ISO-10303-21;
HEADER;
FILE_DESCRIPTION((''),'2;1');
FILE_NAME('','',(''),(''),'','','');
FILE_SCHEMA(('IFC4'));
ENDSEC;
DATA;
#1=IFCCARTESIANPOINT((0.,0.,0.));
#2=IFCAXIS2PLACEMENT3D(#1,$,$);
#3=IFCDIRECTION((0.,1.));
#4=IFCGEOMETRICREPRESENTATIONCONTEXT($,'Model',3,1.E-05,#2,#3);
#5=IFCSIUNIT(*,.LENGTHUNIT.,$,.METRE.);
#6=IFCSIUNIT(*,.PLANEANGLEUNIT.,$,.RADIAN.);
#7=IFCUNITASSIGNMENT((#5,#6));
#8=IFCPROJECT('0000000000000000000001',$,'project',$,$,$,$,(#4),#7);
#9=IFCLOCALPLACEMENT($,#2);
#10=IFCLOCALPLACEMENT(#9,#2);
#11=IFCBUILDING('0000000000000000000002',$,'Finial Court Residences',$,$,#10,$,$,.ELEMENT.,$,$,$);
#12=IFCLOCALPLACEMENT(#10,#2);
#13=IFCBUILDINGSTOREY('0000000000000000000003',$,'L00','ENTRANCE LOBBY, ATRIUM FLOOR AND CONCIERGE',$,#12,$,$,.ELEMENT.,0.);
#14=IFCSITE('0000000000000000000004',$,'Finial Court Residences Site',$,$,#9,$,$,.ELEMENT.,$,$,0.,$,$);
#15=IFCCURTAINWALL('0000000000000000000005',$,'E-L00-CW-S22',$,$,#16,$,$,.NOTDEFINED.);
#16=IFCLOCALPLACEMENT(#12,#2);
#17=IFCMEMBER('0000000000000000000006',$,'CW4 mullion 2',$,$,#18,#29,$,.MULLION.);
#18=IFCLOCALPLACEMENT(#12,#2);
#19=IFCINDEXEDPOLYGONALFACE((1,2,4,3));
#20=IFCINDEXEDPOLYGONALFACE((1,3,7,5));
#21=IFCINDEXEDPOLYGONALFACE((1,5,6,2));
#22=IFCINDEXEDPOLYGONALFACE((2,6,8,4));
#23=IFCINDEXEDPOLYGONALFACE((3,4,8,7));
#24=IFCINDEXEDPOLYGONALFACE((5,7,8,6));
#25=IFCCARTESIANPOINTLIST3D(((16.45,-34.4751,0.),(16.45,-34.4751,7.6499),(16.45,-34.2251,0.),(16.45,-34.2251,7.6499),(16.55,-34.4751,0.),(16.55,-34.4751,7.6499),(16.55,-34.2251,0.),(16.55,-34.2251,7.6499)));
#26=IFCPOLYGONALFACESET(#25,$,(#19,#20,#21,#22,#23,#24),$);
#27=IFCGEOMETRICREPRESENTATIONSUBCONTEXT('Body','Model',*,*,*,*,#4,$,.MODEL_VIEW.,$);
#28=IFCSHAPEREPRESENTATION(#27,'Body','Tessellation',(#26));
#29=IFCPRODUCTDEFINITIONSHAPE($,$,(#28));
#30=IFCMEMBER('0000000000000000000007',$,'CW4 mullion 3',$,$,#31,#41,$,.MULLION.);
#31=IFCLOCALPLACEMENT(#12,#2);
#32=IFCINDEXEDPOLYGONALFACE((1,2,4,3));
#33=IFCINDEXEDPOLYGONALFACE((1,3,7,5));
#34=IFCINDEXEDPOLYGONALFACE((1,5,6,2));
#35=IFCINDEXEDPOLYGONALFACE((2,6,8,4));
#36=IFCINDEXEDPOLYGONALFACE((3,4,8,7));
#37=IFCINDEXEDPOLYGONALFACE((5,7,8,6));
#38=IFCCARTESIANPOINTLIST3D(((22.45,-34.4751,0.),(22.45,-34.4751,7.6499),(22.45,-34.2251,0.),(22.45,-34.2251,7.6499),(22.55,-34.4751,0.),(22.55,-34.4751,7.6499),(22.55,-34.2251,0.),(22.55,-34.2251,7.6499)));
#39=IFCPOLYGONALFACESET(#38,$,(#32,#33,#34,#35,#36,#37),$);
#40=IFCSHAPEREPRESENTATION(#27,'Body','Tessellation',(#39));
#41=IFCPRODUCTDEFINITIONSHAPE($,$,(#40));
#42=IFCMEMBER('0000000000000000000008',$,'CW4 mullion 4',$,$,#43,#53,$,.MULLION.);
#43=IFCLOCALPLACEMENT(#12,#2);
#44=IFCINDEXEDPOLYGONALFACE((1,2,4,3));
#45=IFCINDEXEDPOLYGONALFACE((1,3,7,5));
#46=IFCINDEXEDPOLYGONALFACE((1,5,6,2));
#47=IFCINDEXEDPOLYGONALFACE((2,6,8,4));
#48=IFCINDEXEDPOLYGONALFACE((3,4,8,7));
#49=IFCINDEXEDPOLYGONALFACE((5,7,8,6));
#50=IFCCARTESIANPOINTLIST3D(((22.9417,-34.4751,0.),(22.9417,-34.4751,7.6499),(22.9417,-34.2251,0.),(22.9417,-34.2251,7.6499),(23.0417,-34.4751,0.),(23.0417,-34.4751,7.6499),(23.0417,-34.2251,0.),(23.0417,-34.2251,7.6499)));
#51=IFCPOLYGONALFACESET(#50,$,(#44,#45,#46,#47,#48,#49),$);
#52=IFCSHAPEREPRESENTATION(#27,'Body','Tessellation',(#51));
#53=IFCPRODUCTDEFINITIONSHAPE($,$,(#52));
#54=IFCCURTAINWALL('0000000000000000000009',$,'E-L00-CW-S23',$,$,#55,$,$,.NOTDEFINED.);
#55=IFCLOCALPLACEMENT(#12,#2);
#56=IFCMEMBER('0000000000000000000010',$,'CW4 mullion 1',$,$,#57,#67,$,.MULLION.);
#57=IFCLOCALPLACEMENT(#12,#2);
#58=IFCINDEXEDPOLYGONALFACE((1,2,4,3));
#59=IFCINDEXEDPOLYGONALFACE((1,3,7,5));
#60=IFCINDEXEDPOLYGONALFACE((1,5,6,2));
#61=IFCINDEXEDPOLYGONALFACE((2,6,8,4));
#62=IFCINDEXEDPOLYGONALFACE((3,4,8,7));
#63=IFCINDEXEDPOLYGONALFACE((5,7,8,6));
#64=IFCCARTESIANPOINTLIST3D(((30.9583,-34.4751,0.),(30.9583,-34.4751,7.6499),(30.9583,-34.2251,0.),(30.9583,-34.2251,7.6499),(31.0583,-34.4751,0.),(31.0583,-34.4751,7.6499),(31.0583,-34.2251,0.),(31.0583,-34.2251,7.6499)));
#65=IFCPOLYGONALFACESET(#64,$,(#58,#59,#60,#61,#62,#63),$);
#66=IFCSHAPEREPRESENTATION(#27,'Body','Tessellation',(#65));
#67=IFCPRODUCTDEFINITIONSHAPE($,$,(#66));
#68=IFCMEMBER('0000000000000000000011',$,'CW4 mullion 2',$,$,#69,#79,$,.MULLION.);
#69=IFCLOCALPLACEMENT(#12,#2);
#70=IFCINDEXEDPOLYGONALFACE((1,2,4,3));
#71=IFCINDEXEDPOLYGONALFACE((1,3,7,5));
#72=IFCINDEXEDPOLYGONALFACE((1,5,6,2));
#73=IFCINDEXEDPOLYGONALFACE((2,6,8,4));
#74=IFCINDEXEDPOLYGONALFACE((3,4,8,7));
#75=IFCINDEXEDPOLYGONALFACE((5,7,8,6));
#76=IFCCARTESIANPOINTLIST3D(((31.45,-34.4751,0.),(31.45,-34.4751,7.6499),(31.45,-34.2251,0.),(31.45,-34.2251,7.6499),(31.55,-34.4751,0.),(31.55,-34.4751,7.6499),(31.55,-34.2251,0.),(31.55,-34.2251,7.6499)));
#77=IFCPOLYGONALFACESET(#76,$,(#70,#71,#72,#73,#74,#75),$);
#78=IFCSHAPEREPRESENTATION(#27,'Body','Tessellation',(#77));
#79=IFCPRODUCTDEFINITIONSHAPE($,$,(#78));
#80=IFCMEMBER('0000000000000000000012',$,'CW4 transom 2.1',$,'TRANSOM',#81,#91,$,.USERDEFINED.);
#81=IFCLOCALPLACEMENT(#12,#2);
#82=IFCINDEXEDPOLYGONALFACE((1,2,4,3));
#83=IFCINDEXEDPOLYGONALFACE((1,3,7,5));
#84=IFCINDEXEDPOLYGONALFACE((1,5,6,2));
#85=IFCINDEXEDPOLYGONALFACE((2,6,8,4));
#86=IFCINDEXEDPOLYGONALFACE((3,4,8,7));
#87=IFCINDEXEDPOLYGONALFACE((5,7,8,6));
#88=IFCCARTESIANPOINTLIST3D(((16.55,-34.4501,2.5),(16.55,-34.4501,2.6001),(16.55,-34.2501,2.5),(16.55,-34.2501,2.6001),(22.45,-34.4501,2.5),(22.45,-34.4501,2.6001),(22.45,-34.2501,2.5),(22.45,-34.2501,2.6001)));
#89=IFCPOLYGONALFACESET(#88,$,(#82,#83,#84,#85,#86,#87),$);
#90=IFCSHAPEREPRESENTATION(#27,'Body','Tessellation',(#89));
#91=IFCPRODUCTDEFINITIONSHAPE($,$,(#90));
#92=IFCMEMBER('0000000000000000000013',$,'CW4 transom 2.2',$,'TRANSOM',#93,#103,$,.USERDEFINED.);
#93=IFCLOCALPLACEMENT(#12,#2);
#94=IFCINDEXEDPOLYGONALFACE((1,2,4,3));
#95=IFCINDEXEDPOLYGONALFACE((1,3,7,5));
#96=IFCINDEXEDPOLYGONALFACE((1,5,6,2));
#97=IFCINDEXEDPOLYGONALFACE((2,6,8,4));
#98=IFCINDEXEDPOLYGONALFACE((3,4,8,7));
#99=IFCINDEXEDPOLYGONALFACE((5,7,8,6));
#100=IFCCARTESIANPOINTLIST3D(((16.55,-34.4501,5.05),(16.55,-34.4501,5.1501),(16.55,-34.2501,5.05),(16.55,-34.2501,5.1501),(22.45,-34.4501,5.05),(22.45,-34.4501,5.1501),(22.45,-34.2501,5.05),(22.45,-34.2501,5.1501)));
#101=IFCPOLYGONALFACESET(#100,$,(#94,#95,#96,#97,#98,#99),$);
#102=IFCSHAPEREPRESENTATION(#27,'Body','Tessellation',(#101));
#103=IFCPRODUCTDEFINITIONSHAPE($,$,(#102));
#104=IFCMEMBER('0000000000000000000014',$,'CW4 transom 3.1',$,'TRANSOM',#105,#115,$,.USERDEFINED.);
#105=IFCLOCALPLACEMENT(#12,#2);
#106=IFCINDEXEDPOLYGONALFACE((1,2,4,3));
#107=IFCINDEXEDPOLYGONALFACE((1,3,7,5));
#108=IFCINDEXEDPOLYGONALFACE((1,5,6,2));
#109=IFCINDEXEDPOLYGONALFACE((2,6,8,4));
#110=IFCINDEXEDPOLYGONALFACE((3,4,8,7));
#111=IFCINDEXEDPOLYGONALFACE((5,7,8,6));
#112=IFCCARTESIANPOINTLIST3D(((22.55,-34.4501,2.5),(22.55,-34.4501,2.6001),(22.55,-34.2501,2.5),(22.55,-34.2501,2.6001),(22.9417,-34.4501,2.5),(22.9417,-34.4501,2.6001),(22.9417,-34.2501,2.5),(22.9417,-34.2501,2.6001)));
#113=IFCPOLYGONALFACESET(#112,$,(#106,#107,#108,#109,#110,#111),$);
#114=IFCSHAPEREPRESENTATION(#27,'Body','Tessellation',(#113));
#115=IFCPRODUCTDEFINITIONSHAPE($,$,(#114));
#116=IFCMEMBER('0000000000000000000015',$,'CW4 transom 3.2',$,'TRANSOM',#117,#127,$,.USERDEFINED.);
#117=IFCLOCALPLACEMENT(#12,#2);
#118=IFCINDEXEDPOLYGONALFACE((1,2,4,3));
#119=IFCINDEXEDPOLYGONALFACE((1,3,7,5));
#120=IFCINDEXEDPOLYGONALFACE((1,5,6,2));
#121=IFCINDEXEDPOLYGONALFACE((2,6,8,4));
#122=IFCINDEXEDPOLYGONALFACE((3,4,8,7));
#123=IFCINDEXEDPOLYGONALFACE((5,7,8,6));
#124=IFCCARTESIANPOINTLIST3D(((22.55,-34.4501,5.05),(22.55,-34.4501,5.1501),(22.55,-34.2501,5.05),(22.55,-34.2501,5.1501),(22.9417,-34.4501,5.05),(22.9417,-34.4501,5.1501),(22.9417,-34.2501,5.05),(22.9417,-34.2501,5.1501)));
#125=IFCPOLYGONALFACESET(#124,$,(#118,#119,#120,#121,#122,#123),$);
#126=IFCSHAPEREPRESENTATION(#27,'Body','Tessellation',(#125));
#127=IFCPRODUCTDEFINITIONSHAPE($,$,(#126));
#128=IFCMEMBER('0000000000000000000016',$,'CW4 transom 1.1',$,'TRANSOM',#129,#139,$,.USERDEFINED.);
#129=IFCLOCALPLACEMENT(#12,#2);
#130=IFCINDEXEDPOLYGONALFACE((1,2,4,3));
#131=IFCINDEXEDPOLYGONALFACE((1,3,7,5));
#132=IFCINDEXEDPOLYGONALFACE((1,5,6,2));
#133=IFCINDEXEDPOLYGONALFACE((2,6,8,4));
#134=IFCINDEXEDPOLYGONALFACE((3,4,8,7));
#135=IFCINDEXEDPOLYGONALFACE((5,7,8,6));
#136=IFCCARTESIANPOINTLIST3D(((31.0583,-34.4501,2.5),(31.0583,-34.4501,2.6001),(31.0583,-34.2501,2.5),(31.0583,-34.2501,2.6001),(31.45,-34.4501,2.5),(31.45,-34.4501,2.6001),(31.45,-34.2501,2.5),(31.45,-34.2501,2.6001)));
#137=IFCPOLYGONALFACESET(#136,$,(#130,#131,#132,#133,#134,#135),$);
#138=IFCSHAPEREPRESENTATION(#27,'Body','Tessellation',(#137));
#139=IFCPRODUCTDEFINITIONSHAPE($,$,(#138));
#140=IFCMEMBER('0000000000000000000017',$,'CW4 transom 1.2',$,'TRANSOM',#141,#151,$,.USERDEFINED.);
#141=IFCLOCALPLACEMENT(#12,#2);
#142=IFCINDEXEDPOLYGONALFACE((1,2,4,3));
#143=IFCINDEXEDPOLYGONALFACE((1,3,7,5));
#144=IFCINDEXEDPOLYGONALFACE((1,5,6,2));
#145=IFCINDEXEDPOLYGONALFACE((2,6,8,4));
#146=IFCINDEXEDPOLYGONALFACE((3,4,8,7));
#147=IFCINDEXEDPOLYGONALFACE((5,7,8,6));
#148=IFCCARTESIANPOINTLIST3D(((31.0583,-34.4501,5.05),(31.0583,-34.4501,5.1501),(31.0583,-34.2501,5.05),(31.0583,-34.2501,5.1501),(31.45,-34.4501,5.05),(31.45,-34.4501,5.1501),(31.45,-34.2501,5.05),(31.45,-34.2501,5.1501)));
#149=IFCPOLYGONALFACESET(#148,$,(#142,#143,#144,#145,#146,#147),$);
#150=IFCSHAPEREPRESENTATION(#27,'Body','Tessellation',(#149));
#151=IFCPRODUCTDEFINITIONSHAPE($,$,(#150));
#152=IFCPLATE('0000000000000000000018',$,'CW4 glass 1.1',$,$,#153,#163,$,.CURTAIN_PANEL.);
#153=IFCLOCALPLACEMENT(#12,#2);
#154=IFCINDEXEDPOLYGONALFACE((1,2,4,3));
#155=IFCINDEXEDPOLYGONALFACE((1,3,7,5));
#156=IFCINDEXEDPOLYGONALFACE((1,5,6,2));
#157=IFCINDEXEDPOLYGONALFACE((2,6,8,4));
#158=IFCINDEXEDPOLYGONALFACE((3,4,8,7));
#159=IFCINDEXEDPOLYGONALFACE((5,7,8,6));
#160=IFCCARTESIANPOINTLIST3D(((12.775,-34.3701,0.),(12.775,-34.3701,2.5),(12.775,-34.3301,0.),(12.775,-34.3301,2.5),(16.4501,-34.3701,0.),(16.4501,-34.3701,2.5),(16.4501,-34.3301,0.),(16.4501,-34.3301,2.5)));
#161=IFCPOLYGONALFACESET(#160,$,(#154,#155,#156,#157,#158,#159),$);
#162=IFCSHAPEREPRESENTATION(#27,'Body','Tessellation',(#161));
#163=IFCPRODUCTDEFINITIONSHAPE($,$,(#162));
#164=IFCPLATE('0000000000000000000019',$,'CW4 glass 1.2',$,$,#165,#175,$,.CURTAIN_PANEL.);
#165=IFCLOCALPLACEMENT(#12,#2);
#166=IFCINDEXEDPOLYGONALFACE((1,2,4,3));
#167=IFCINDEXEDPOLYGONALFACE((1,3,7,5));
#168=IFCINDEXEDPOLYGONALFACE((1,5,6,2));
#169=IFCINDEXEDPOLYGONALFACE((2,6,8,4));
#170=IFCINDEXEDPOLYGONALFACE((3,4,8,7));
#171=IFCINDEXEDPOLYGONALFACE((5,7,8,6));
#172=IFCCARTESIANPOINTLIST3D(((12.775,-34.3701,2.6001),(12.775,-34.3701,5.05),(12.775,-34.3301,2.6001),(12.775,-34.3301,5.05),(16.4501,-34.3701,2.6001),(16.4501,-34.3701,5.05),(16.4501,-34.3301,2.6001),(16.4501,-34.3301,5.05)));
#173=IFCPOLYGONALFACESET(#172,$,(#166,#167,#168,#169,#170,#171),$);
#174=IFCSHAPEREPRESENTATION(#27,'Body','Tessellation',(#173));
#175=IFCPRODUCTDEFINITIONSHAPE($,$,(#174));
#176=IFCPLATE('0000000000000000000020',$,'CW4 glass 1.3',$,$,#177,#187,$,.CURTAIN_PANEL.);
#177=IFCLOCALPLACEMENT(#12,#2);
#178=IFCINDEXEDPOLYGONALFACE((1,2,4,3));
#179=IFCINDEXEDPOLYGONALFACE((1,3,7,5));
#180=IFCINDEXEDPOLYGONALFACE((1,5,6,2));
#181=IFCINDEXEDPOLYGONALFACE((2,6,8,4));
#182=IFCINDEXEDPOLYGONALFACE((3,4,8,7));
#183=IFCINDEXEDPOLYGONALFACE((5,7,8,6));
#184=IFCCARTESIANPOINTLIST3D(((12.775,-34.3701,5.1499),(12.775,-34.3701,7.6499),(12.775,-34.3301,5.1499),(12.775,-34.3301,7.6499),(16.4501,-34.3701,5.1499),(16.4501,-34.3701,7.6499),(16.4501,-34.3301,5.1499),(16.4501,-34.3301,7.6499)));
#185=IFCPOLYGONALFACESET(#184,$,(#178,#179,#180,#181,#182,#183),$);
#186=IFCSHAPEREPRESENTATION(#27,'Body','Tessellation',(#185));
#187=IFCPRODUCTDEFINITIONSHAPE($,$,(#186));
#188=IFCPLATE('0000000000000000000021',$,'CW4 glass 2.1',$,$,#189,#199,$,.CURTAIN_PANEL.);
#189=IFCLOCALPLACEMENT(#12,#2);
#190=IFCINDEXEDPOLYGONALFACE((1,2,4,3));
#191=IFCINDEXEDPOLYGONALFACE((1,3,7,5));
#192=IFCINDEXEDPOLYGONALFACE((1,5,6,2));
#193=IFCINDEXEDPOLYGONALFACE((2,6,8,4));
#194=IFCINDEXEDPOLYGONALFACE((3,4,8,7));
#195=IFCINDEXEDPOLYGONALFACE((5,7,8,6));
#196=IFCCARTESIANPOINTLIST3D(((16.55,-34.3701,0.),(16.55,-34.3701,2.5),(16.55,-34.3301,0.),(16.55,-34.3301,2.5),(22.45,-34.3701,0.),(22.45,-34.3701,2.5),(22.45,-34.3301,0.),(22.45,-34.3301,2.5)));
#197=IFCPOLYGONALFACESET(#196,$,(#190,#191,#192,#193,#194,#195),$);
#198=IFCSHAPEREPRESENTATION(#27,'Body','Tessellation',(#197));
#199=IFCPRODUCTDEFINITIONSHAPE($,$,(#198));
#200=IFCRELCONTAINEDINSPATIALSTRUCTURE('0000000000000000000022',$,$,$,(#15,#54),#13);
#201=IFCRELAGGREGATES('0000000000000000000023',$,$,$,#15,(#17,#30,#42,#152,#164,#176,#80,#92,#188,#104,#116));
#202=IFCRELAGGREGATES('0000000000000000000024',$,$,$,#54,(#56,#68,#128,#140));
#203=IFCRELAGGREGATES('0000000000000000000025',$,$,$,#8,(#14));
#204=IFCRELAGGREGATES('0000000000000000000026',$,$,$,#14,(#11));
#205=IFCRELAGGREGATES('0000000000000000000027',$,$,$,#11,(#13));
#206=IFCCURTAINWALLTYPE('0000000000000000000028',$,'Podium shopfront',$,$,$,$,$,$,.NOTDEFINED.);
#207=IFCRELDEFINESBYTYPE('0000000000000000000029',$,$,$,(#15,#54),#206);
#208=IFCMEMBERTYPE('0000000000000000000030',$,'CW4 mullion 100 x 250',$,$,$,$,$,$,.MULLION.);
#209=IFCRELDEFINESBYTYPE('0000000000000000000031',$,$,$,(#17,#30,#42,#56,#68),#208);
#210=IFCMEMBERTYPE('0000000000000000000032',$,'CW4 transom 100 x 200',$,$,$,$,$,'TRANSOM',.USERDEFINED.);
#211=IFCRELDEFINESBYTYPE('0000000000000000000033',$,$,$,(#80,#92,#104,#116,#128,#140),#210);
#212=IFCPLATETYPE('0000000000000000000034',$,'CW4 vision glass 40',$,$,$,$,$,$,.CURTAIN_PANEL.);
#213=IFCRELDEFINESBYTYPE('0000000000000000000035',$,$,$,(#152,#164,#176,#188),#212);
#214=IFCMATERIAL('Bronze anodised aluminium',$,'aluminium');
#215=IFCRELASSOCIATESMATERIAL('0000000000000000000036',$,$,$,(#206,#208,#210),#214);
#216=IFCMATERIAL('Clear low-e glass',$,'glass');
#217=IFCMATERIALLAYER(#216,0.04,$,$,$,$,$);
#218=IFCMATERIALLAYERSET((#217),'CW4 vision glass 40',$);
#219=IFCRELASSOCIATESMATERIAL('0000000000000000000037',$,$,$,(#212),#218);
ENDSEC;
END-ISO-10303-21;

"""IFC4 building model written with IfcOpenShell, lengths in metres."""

from ifc_helpers import new_model, si_unit, direction, frame, origin, origin_2d, place, context, subcontext, project, spatial, rectangle, extrude, material, layer, layer_set, material_profile, profile_set, type_object, element, aggregate, save


model = new_model("IFC4")

# Units and contexts
model_context = context("Model", 3, precision=1e-05, world=origin(), true_north=direction((0.0, 1.0)))
body_context = subcontext(model_context, "Body", "Model", "MODEL_VIEW")
ifc_project = project(units=[si_unit("LENGTHUNIT", "METRE"), si_unit("PLANEANGLEUNIT", "RADIAN")], contexts=[model_context])

# Site, building, storey
site_placement = place(None, origin())
site = spatial("IfcSite", under=ifc_project, at=site_placement, Name="Finial Court Residences Site", CompositionType="ELEMENT", RefElevation=0.0)
building_placement = place(site_placement, origin())
building = spatial("IfcBuilding", under=site, at=building_placement, Name="Finial Court Residences", CompositionType="ELEMENT")
storey_placement = place(building_placement, origin())
storey = spatial("IfcBuildingStorey", under=building, at=storey_placement, Name="L00", Description="ENTRANCE LOBBY, ATRIUM FLOOR AND CONCIERGE", CompositionType="ELEMENT", Elevation=0.0)

# Curtain walls, members
ifc_material_1 = material(Name="Bronze anodised aluminium", Category="aluminium")
curtain_wall_type = type_object("IfcCurtainWallType", Name="Podium shopfront", PredefinedType="NOTDEFINED", material=ifc_material_1)
curtain_wall_1_placement = place(storey_placement, origin())
curtain_wall_1 = element("IfcCurtainWall", 1, at=curtain_wall_1_placement, inside=storey, type_object=curtain_wall_type, Name="E-L00-CW-S22", PredefinedType="NOTDEFINED")
ifc_material_profile_1 = material_profile(ifc_material_1, rectangle(XDim=0.25, YDim=0.1001, at=origin_2d()), Name="CW4 mullion 100 x 250")
ifc_profile_set_1 = profile_set([ifc_material_profile_1], Name="Bronze anodised aluminium")
member_type_1 = type_object("IfcMemberType", Name="CW4 mullion 100 x 250", PredefinedType="MULLION", material=ifc_profile_set_1)
member_1_placement = place(storey_placement, frame((16.5, -34.3501, 0.0), z_axis=(0.0, 0.0, 1.0), x_axis=(0.0, 1.0, 0.0)))
member_1 = element("IfcMember", 2, at=member_1_placement, type_object=member_type_1, Name="CW4 mullion 2", PredefinedType="MULLION", context=body_context, shape_type="SweptSolid", body=[
    extrude(rectangle(XDim=0.25, YDim=0.1001, at=origin_2d()), origin(), (0.0, 0.0, 1.0), 7.6499),
])
member_2_placement = place(storey_placement, frame((22.5, -34.3501, 0.0), z_axis=(0.0, 0.0, 1.0), x_axis=(0.0, 1.0, 0.0)))
member_2 = element("IfcMember", 3, at=member_2_placement, type_object=member_type_1, Name="CW4 mullion 3", PredefinedType="MULLION", context=body_context, shape_type="SweptSolid", body=[
    extrude(rectangle(XDim=0.25, YDim=0.1001, at=origin_2d()), origin(), (0.0, 0.0, 1.0), 7.6499),
])
member_3_placement = place(storey_placement, frame((22.9917, -34.3501, 0.0), z_axis=(0.0, 0.0, 1.0), x_axis=(0.0, 1.0, 0.0)))
member_3 = element("IfcMember", 4, at=member_3_placement, type_object=member_type_1, Name="CW4 mullion 4", PredefinedType="MULLION", context=body_context, shape_type="SweptSolid", body=[
    extrude(rectangle(XDim=0.25, YDim=0.1001, at=origin_2d()), origin(), (0.0, 0.0, 1.0), 7.6499),
])
curtain_wall_2_placement = place(storey_placement, origin())
curtain_wall_2 = element("IfcCurtainWall", 5, at=curtain_wall_2_placement, inside=storey, type_object=curtain_wall_type, Name="E-L00-CW-S23", PredefinedType="NOTDEFINED")
member_4_placement = place(storey_placement, frame((31.0083, -34.3501, 0.0), z_axis=(0.0, 0.0, 1.0), x_axis=(0.0, 1.0, 0.0)))
member_4 = element("IfcMember", 6, at=member_4_placement, type_object=member_type_1, Name="CW4 mullion 1", PredefinedType="MULLION", context=body_context, shape_type="SweptSolid", body=[
    extrude(rectangle(XDim=0.25, YDim=0.1001, at=origin_2d()), origin(), (0.0, 0.0, 1.0), 7.6499),
])
member_5_placement = place(storey_placement, frame((31.5, -34.3501, 0.0), z_axis=(0.0, 0.0, 1.0), x_axis=(0.0, 1.0, 0.0)))
member_5 = element("IfcMember", 7, at=member_5_placement, type_object=member_type_1, Name="CW4 mullion 2", PredefinedType="MULLION", context=body_context, shape_type="SweptSolid", body=[
    extrude(rectangle(XDim=0.25, YDim=0.1001, at=origin_2d()), origin(), (0.0, 0.0, 1.0), 7.6499),
])

# Members
ifc_material_profile_2 = material_profile(ifc_material_1, rectangle(XDim=0.2, YDim=0.1001, at=origin_2d()), Name="CW4 transom 100 x 200")
ifc_profile_set_2 = profile_set([ifc_material_profile_2], Name="Bronze anodised aluminium")
member_type_2 = type_object("IfcMemberType", Name="CW4 transom 100 x 200", ElementType="TRANSOM", PredefinedType="USERDEFINED", material=ifc_profile_set_2)
member_6_placement = place(storey_placement, frame((16.55, -34.3501, 2.55), z_axis=(1.0, 0.0, 0.0), x_axis=(0.0, 1.0, 0.0)))
member_6 = element("IfcMember", 8, at=member_6_placement, type_object=member_type_2, Name="CW4 transom 2.1", ObjectType="TRANSOM", PredefinedType="USERDEFINED", context=body_context, shape_type="SweptSolid", body=[
    extrude(rectangle(XDim=0.2, YDim=0.1001, at=origin_2d()), origin(), (0.0, 0.0, 1.0), 5.8999),
])
member_7_placement = place(storey_placement, frame((16.55, -34.3501, 5.1001), z_axis=(1.0, 0.0, 0.0), x_axis=(0.0, 1.0, 0.0)))
member_7 = element("IfcMember", 9, at=member_7_placement, type_object=member_type_2, Name="CW4 transom 2.2", ObjectType="TRANSOM", PredefinedType="USERDEFINED", context=body_context, shape_type="SweptSolid", body=[
    extrude(rectangle(XDim=0.2, YDim=0.1001, at=origin_2d()), origin(), (0.0, 0.0, 1.0), 5.8999),
])
member_8_placement = place(storey_placement, frame((22.55, -34.3501, 2.55), z_axis=(1.0, 0.0, 0.0), x_axis=(0.0, 1.0, 0.0)))
member_8 = element("IfcMember", 10, at=member_8_placement, type_object=member_type_2, Name="CW4 transom 3.1", ObjectType="TRANSOM", PredefinedType="USERDEFINED", context=body_context, shape_type="SweptSolid", body=[
    extrude(rectangle(XDim=0.2, YDim=0.1001, at=origin_2d()), origin(), (0.0, 0.0, 1.0), 0.3916),
])
member_9_placement = place(storey_placement, frame((22.55, -34.3501, 5.1001), z_axis=(1.0, 0.0, 0.0), x_axis=(0.0, 1.0, 0.0)))
member_9 = element("IfcMember", 11, at=member_9_placement, type_object=member_type_2, Name="CW4 transom 3.2", ObjectType="TRANSOM", PredefinedType="USERDEFINED", context=body_context, shape_type="SweptSolid", body=[
    extrude(rectangle(XDim=0.2, YDim=0.1001, at=origin_2d()), origin(), (0.0, 0.0, 1.0), 0.3916),
])
member_10_placement = place(storey_placement, frame((31.0583, -34.3501, 2.55), z_axis=(1.0, 0.0, 0.0), x_axis=(0.0, 1.0, 0.0)))
member_10 = element("IfcMember", 12, at=member_10_placement, type_object=member_type_2, Name="CW4 transom 1.1", ObjectType="TRANSOM", PredefinedType="USERDEFINED", context=body_context, shape_type="SweptSolid", body=[
    extrude(rectangle(XDim=0.2, YDim=0.1001, at=origin_2d()), origin(), (0.0, 0.0, 1.0), 0.3916),
])
member_11_placement = place(storey_placement, frame((31.0583, -34.3501, 5.1001), z_axis=(1.0, 0.0, 0.0), x_axis=(0.0, 1.0, 0.0)))
member_11 = element("IfcMember", 13, at=member_11_placement, type_object=member_type_2, Name="CW4 transom 1.2", ObjectType="TRANSOM", PredefinedType="USERDEFINED", context=body_context, shape_type="SweptSolid", body=[
    extrude(rectangle(XDim=0.2, YDim=0.1001, at=origin_2d()), origin(), (0.0, 0.0, 1.0), 0.3916),
])

# Plates
ifc_material_2 = material(Name="Clear low-e glass", Category="glass")
ifc_layer_1 = layer(ifc_material_2, 0.04)
ifc_layer_set_1 = layer_set([ifc_layer_1], Name="CW4 vision glass 40")
plate_type = type_object("IfcPlateType", Name="CW4 vision glass 40", PredefinedType="CURTAIN_PANEL", material=ifc_layer_set_1)
plate_1_placement = place(storey_placement, frame((14.6125, -34.3501, 0.0), z_axis=(0.0, 0.0, 1.0), x_axis=(1.0, 0.0, 0.0)))
plate_1 = element("IfcPlate", 14, at=plate_1_placement, type_object=plate_type, Name="CW4 glass 1.1", PredefinedType="CURTAIN_PANEL", context=body_context, shape_type="SweptSolid", body=[
    extrude(rectangle(XDim=3.675, YDim=0.04, at=origin_2d()), origin(), (0.0, 0.0, 1.0), 2.5),
])
plate_2_placement = place(storey_placement, frame((14.6125, -34.3501, 2.6001), z_axis=(0.0, 0.0, 1.0), x_axis=(1.0, 0.0, 0.0)))
plate_2 = element("IfcPlate", 15, at=plate_2_placement, type_object=plate_type, Name="CW4 glass 1.2", PredefinedType="CURTAIN_PANEL", context=body_context, shape_type="SweptSolid", body=[
    extrude(rectangle(XDim=3.675, YDim=0.04, at=origin_2d()), origin(), (0.0, 0.0, 1.0), 2.45),
])
plate_3_placement = place(storey_placement, frame((14.6125, -34.3501, 5.1499), z_axis=(0.0, 0.0, 1.0), x_axis=(1.0, 0.0, 0.0)))
plate_3 = element("IfcPlate", 16, at=plate_3_placement, type_object=plate_type, Name="CW4 glass 1.3", PredefinedType="CURTAIN_PANEL", context=body_context, shape_type="SweptSolid", body=[
    extrude(rectangle(XDim=3.675, YDim=0.04, at=origin_2d()), origin(), (0.0, 0.0, 1.0), 2.5),
])
plate_4_placement = place(storey_placement, frame((19.5, -34.3501, 0.0), z_axis=(0.0, 0.0, 1.0), x_axis=(1.0, 0.0, 0.0)))
plate_4 = element("IfcPlate", 17, at=plate_4_placement, type_object=plate_type, Name="CW4 glass 2.1", PredefinedType="CURTAIN_PANEL", context=body_context, shape_type="SweptSolid", body=[
    extrude(rectangle(XDim=5.8999, YDim=0.04, at=origin_2d()), origin(), (0.0, 0.0, 1.0), 2.5),
])
aggregate(curtain_wall_1, [member_1, member_2, member_3, plate_1, plate_2, plate_3, member_6, member_7, plate_4, member_8, member_9])
aggregate(curtain_wall_2, [member_4, member_5, member_10, member_11])

save(model, "model.ifc")
